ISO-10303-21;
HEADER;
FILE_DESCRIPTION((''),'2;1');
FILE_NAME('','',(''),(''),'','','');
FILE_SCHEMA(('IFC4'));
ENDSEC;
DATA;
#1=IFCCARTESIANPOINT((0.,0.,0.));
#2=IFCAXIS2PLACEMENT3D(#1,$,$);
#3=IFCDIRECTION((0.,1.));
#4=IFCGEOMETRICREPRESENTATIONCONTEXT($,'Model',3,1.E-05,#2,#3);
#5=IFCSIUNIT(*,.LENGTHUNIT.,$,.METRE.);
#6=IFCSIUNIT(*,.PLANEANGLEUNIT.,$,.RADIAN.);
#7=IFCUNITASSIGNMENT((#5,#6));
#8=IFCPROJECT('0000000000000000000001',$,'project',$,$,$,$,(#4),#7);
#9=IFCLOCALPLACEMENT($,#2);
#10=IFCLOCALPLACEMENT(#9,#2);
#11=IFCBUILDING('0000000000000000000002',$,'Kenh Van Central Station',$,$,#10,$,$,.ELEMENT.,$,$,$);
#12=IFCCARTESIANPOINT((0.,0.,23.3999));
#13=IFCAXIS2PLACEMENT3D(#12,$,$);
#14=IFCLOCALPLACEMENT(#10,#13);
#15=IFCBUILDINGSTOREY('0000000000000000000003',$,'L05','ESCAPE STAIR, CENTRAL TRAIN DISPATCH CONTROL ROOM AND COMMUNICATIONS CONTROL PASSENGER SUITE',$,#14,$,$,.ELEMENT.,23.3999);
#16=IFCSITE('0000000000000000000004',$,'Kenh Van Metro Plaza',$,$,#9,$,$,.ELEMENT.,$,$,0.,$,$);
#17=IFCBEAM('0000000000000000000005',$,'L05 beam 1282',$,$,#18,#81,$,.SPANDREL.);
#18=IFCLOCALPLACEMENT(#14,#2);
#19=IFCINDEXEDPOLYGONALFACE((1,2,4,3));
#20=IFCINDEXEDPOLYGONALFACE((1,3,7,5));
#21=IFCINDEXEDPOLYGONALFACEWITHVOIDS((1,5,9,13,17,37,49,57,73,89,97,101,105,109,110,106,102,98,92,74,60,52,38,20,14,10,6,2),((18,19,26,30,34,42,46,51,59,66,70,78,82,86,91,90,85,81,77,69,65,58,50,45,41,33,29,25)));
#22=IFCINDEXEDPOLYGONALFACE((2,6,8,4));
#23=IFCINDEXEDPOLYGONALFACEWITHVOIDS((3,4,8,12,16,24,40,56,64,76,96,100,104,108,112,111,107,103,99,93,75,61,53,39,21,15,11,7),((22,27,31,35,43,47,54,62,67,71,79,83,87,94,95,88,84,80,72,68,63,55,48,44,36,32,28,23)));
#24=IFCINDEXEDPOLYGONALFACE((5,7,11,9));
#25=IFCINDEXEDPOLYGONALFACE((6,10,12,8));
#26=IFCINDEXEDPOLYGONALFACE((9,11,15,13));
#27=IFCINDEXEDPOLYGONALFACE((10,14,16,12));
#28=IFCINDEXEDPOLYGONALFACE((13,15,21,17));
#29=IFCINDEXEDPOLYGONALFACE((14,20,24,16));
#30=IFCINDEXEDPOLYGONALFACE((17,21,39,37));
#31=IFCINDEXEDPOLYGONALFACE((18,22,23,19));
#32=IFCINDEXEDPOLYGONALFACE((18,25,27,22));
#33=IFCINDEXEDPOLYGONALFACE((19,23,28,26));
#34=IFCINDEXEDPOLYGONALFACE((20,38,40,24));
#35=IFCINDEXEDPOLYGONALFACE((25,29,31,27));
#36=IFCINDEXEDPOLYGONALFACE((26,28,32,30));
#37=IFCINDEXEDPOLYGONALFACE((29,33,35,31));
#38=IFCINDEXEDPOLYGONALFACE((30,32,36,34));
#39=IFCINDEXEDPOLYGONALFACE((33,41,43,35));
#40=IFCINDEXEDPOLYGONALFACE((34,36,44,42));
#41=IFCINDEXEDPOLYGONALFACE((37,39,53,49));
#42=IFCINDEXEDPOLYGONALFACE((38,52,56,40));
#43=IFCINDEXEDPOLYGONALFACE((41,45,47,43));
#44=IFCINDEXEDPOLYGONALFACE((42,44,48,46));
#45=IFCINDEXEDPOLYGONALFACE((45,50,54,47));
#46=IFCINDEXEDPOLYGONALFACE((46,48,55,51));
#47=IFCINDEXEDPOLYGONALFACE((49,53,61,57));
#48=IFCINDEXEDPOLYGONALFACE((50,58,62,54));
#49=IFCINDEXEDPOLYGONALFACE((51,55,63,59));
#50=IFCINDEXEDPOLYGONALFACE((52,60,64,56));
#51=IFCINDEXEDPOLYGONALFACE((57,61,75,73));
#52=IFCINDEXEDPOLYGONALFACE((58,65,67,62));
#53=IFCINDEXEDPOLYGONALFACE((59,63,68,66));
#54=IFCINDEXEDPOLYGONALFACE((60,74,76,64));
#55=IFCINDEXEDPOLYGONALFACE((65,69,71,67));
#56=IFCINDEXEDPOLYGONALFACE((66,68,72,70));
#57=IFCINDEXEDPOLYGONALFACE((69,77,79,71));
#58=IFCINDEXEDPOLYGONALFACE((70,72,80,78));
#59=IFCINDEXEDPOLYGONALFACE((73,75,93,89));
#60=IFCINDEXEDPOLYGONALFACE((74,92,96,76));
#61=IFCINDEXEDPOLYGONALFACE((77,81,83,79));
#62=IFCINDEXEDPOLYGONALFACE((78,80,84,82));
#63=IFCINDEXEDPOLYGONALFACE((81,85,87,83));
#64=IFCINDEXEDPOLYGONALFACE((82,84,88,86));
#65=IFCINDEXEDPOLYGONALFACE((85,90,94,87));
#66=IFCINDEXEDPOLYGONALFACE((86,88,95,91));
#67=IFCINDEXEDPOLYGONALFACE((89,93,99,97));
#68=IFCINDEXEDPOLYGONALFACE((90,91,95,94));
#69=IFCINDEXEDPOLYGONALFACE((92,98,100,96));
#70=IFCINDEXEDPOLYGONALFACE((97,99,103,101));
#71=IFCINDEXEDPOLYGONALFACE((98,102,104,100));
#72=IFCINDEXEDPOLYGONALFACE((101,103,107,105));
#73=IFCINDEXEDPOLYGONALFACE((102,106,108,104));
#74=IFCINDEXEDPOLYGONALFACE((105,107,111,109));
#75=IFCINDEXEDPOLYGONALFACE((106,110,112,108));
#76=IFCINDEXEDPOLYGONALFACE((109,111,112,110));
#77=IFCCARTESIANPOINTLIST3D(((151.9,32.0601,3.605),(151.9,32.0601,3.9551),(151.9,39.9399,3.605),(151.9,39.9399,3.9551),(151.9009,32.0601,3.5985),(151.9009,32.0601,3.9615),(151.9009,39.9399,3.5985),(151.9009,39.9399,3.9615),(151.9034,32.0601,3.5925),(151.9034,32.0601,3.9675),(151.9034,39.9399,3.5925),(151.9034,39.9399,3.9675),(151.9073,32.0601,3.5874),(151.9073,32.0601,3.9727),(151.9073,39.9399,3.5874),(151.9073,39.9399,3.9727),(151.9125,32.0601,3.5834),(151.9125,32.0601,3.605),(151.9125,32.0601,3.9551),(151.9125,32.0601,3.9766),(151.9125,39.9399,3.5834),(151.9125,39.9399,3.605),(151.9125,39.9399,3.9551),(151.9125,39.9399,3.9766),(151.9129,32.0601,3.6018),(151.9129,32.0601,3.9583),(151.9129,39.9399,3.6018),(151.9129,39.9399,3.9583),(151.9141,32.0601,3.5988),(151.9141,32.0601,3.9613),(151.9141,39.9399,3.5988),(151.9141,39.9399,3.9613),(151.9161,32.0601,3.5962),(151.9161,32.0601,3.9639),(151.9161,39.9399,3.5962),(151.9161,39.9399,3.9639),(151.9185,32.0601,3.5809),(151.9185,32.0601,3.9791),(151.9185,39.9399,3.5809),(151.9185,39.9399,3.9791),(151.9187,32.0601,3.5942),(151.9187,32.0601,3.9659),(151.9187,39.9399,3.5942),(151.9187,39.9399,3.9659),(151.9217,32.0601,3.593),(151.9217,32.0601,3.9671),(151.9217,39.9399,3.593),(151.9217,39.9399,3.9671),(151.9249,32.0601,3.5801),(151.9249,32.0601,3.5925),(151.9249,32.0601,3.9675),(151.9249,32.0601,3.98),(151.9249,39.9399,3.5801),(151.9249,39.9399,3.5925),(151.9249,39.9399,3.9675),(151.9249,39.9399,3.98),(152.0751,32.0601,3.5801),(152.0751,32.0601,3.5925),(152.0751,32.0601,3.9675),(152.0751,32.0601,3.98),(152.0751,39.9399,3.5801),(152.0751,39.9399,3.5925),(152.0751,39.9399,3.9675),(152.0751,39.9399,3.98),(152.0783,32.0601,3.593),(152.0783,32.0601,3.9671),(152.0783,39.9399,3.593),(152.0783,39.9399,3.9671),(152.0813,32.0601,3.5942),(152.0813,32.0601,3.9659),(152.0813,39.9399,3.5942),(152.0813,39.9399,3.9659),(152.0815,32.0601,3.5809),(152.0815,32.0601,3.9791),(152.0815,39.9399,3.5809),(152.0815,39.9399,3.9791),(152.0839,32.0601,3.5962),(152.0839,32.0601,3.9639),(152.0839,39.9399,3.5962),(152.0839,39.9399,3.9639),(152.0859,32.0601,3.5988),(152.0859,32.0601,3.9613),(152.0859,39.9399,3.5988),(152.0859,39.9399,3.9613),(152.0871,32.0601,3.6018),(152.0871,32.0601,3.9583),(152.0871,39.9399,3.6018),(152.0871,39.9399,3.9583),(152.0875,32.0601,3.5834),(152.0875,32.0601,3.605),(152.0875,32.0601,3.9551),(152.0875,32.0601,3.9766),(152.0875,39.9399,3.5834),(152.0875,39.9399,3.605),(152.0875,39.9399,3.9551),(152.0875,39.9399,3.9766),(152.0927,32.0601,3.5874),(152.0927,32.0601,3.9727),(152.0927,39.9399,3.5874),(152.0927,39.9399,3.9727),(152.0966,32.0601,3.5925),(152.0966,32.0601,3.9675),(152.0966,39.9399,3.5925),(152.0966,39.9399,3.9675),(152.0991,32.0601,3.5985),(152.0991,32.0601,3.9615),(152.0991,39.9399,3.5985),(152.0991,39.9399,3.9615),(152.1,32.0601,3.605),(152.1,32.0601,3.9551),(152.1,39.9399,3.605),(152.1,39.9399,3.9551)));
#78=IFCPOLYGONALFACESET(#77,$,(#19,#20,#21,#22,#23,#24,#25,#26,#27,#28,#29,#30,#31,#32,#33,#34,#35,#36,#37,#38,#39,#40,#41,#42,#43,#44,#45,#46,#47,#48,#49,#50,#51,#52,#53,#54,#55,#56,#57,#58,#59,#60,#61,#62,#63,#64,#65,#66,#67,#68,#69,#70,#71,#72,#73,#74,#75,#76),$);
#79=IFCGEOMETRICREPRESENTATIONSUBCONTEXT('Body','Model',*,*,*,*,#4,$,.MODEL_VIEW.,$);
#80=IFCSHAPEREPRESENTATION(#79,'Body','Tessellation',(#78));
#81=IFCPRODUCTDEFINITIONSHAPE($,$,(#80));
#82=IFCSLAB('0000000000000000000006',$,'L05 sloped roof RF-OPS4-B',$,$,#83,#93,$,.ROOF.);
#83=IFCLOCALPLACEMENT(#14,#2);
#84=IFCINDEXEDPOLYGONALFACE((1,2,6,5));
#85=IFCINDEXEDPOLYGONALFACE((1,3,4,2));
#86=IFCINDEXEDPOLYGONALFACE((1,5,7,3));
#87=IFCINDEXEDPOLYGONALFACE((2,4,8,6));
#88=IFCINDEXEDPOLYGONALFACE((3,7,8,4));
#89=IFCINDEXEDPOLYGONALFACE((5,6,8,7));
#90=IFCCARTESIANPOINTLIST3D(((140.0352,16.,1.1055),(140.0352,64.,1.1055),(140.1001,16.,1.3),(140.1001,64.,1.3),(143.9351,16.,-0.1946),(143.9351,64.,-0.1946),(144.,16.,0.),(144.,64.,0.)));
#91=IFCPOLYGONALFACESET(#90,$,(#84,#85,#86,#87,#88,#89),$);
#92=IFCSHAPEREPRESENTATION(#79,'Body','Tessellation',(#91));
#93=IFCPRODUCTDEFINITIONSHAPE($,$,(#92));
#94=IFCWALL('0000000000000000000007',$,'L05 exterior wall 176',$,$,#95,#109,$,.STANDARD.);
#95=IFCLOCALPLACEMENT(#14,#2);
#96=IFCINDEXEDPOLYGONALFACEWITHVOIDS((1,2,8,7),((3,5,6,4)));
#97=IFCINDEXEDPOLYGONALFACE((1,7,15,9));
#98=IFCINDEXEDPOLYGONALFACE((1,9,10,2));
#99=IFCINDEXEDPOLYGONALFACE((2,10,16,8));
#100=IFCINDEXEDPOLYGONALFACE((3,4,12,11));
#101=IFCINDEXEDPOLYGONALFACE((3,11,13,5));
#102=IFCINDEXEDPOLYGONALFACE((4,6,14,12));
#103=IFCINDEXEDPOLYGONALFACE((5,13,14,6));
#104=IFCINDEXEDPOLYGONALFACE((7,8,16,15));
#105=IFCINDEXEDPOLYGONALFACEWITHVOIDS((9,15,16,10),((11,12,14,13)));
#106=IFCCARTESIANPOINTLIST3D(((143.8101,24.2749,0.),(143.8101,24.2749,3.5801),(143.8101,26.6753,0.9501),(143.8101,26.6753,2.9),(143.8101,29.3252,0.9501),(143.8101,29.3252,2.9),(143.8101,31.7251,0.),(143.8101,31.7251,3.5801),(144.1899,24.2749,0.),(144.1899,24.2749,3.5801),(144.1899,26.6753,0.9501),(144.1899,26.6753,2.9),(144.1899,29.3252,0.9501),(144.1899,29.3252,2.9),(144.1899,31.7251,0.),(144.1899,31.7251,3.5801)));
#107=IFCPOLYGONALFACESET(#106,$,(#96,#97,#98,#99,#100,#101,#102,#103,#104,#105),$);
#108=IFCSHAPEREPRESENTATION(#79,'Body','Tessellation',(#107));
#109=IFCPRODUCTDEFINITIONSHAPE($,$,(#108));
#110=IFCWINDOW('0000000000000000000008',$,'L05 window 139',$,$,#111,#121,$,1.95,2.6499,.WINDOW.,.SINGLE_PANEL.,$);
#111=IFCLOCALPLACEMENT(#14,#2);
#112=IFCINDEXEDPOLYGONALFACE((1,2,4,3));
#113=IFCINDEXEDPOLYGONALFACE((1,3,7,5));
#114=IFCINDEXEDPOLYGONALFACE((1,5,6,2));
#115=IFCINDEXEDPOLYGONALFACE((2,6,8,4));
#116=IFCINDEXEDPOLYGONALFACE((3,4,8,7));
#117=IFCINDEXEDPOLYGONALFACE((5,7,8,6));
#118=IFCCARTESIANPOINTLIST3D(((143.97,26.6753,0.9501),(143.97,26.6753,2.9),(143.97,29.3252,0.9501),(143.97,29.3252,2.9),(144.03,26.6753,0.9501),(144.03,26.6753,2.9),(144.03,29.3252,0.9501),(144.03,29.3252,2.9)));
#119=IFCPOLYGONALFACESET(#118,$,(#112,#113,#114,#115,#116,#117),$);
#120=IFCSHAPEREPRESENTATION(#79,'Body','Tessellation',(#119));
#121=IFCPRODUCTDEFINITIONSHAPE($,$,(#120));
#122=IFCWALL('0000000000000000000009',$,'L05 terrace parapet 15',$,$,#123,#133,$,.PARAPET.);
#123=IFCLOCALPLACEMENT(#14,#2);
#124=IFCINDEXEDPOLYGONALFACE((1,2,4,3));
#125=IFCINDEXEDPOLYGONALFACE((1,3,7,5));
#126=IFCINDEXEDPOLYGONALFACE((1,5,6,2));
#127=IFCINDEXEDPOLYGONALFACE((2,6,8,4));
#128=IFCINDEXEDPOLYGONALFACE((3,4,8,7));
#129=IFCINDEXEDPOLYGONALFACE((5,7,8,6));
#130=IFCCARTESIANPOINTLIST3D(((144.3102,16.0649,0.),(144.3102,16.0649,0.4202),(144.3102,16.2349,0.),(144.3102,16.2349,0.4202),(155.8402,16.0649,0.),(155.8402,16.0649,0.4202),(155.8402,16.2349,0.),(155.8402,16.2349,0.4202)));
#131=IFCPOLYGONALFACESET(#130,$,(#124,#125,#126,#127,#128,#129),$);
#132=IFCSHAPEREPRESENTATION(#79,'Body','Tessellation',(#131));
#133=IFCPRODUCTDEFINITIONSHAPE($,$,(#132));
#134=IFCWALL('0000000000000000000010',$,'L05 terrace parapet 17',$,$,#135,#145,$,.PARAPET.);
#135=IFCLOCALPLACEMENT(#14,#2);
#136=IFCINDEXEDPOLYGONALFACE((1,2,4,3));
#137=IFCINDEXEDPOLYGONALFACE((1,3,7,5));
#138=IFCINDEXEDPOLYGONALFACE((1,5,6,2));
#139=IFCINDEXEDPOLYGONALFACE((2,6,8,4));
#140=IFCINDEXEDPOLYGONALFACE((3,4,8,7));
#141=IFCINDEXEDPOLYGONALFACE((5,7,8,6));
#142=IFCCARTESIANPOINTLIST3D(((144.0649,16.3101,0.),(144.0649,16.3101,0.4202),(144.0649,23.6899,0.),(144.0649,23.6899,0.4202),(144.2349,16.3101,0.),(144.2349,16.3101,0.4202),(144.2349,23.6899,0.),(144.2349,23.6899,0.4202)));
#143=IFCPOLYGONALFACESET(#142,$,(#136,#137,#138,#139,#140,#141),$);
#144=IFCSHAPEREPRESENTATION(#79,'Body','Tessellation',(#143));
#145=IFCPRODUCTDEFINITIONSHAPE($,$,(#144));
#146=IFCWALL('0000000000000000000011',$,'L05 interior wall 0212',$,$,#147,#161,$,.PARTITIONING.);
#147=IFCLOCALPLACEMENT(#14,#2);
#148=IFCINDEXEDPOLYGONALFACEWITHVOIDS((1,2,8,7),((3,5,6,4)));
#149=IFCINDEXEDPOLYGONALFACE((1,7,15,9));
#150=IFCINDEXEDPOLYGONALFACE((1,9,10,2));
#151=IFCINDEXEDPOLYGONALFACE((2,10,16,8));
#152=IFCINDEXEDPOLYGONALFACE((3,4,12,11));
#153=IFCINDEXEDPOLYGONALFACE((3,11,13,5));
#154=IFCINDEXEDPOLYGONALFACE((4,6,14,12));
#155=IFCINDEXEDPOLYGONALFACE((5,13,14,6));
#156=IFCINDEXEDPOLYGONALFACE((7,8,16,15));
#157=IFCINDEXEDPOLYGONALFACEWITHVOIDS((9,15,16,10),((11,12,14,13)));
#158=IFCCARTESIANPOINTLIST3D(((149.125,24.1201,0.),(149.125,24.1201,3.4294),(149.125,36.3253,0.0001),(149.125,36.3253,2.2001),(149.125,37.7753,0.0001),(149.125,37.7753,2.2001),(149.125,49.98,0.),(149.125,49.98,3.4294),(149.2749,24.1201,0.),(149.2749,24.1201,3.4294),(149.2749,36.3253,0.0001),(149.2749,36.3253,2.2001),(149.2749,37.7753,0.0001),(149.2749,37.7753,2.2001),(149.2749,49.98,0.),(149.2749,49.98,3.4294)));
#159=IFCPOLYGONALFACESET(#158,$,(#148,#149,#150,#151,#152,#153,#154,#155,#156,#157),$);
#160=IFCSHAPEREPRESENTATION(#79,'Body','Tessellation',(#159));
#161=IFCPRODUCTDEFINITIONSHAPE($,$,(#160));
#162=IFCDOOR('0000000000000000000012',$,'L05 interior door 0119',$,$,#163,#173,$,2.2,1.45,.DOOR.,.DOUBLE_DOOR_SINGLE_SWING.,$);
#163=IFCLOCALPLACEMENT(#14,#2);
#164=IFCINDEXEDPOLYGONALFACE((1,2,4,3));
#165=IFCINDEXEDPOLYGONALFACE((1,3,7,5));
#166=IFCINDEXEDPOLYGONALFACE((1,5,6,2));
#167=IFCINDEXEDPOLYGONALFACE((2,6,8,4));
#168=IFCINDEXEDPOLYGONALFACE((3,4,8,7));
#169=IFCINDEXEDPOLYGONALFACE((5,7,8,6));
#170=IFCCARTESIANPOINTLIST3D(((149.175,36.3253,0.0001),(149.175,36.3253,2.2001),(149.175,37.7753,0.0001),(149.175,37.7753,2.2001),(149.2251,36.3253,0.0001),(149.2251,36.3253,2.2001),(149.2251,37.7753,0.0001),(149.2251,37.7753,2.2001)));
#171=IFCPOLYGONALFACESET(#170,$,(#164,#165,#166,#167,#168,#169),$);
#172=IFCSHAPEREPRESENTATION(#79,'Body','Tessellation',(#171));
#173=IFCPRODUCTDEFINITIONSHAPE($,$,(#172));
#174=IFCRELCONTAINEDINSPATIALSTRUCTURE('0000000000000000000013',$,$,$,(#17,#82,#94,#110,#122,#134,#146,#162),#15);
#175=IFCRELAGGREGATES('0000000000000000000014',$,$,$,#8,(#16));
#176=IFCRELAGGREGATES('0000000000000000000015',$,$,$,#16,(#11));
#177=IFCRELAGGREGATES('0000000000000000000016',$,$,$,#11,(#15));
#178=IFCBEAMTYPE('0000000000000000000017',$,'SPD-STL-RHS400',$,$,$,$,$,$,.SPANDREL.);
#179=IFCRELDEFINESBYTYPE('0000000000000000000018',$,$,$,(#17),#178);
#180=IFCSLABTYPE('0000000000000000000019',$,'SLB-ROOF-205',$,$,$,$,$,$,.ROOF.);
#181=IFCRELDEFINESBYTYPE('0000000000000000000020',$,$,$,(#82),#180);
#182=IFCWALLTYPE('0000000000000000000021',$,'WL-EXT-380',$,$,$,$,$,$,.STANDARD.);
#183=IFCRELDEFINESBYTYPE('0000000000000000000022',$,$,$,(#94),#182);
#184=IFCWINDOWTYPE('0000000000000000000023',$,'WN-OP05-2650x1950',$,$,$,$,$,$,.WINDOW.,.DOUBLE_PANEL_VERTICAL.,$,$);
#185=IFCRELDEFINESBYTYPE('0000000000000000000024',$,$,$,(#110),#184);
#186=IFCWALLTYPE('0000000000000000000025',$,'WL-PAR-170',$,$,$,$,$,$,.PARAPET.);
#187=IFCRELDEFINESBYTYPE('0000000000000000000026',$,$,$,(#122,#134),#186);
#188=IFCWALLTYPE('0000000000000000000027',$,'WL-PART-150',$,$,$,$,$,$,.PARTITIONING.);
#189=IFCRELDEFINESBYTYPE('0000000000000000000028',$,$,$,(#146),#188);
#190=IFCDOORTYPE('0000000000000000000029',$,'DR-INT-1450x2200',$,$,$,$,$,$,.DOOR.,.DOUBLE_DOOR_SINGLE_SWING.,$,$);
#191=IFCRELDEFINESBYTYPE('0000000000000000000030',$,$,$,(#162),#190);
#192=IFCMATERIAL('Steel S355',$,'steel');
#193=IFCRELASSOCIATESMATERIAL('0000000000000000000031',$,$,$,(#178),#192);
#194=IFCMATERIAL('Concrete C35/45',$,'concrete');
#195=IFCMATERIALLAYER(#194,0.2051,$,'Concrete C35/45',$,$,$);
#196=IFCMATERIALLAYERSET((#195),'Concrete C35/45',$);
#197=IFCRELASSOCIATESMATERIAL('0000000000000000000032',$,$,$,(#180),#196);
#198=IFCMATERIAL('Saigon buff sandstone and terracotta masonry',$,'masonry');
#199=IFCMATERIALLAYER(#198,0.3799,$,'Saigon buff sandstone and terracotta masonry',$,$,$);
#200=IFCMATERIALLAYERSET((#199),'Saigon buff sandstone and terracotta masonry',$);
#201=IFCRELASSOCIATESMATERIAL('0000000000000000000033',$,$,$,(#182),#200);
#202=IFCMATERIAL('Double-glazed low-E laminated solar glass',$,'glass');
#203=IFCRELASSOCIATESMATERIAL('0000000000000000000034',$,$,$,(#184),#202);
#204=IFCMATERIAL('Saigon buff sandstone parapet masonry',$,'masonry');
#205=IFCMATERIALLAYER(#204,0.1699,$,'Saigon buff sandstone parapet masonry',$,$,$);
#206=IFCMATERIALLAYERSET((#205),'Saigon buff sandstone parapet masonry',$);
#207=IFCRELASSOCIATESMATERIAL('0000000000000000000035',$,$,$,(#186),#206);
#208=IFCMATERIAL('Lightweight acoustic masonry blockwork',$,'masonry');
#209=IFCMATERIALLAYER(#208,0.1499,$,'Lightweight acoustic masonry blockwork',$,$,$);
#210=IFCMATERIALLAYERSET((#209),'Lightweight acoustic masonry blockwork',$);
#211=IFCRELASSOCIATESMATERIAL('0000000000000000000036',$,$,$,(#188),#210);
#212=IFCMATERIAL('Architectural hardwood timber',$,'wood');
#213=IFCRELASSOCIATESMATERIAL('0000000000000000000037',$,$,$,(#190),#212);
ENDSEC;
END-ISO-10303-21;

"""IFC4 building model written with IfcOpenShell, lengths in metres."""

from ifc_helpers import new_model, si_unit, direction, frame, frame_2d, origin, origin_2d, place, context, subcontext, project, spatial, polyline, rectangle, hollow_rectangle, outline, extrude, material, layer, layer_set, material_profile, profile_set, type_object, element, fill, save


model = new_model("IFC4")

# Units and contexts
model_context = context("Model", 3, precision=1e-05, world=origin(), true_north=direction((0.0, 1.0)))
body_context = subcontext(model_context, "Body", "Model", "MODEL_VIEW")
ifc_project = project(units=[si_unit("LENGTHUNIT", "METRE"), si_unit("PLANEANGLEUNIT", "RADIAN")], contexts=[model_context])

# Site, building, storey
site_placement = place(None, origin())
site = spatial("IfcSite", under=ifc_project, at=site_placement, Name="Kenh Van Metro Plaza", CompositionType="ELEMENT", RefElevation=0.0)
building_placement = place(site_placement, origin())
building = spatial("IfcBuilding", under=site, at=building_placement, Name="Kenh Van Central Station", CompositionType="ELEMENT")
storey_placement = place(building_placement, frame((0.0, 0.0, 23.3999)))
storey = spatial("IfcBuildingStorey", under=building, at=storey_placement, Name="L05", Description="ESCAPE STAIR, CENTRAL TRAIN DISPATCH CONTROL ROOM AND COMMUNICATIONS CONTROL PASSENGER SUITE", CompositionType="ELEMENT", Elevation=23.3999)

# Shared definitions
ifc_material_1 = material(Name="Concrete C35/45", Category="concrete")

# Shared definitions
ifc_material_2 = material(Name="Steel S355", Category="steel")

# Beam
ifc_material_profile_1 = material_profile(ifc_material_2, hollow_rectangle(XDim=0.2, YDim=0.3999, WallThickness=0.0125, InnerFilletRadius=0.0125, OuterFilletRadius=0.0249, at=origin_2d()), Name="RHS 400x200x12.5")
ifc_profile_set_1 = profile_set([ifc_material_profile_1], Name="Steel S355")
beam_type = type_object("IfcBeamType", Name="SPD-STL-RHS400", PredefinedType="SPANDREL", material=ifc_profile_set_1)
for number, where, z_axis, x_axis, name in (
    (1, (152.0, 32.0601, 3.78), (0.0, 1.0, 0.0), (-1.0, 0.0, 0.0), "L05 beam 1282"),
):
    element("IfcBeam", number, at=place(storey_placement, frame(where, z_axis=z_axis, x_axis=x_axis)), inside=storey, type_object=beam_type, Name=name, PredefinedType="SPANDREL", context=body_context, shape_type="SweptSolid", body=[
        extrude(hollow_rectangle(XDim=0.2, YDim=0.3999, WallThickness=0.0125, InnerFilletRadius=0.0125, OuterFilletRadius=0.0249, at=origin_2d()), origin(), (0.0, 0.0, 1.0), 7.8799),
    ])

# Slab
ifc_layer_1 = layer(ifc_material_1, 0.2051, Name="Concrete C35/45")
ifc_layer_set_1 = layer_set([ifc_layer_1], Name="Concrete C35/45")
slab_type = type_object("IfcSlabType", Name="SLB-ROOF-205", PredefinedType="ROOF", material=ifc_layer_set_1)
slab_placement = place(storey_placement, frame((140.1001, 16.0, 1.3), z_axis=(0.316246, 0.0, 0.948677), x_axis=(0.948677, 0.0, -0.316246)))
element("IfcSlab", 2, at=slab_placement, inside=storey, type_object=slab_type, Name="L05 sloped roof RF-OPS4-B", PredefinedType="ROOF", context=body_context, shape_type="SweptSolid", body=[
    extrude(outline(polyline([(0.0, 0.0), (4.1109, 0.0), (4.1109, 48.0), (0.0, 48.0), (0.0, 0.0)])), origin(), (0.0, 0.0, -1.0), 0.2051),
])

# Wall, opening, window
ifc_material_3 = material(Name="Saigon buff sandstone and terracotta masonry", Category="masonry")
ifc_layer_2 = layer(ifc_material_3, 0.3799, Name="Saigon buff sandstone and terracotta masonry")
ifc_layer_set_2 = layer_set([ifc_layer_2], Name="Saigon buff sandstone and terracotta masonry")
wall_type_1 = type_object("IfcWallType", Name="WL-EXT-380", PredefinedType="STANDARD", material=ifc_layer_set_2)
wall_1_placement = place(storey_placement, frame((144.0, 31.7251, 0.0), z_axis=(0.0, 0.0, 1.0), x_axis=(0.0, -1.0, 0.0)))
wall_1 = element("IfcWall", 3, at=wall_1_placement, inside=storey, type_object=wall_type_1, Name="L05 exterior wall 176", PredefinedType="STANDARD", context=body_context, shape_type="SweptSolid", body=[
    extrude(rectangle(XDim=7.4502, YDim=0.3799, at=frame_2d((3.7251, 0.0))), origin(), (0.0, 0.0, 1.0), 3.5801),
])
opening_1_placement = place(wall_1_placement, frame((2.3999, 0.0, 0.95)))
opening_1 = element("IfcOpeningElement", 4, at=opening_1_placement, cuts=wall_1, PredefinedType="OPENING", context=body_context, shape_type="SweptSolid", body=[
    extrude(rectangle(XDim=2.6499, YDim=1.95, at=frame_2d((1.325, 0.9751))), frame((0.0, 0.2, 0.0), z_axis=(0.0, -1.0, 0.0), x_axis=(1.0, 0.0, 0.0)), (0.0, 0.0, 1.0), 0.3999),
])
ifc_material_4 = material(Name="Double-glazed low-E laminated solar glass", Category="glass")
window_type_1 = type_object("IfcWindowType", Name="WN-OP05-2650x1950", PartitioningType="DOUBLE_PANEL_VERTICAL", PredefinedType="WINDOW", material=ifc_material_4)
window_1_placement = place(opening_1_placement, origin())
window_1 = element("IfcWindow", 5, at=window_1_placement, inside=storey, type_object=window_type_1, Name="L05 window 139", OverallHeight=1.95, OverallWidth=2.6499, PartitioningType="SINGLE_PANEL", PredefinedType="WINDOW", context=body_context, shape_type="SweptSolid", body=[
    extrude(rectangle(XDim=2.6499, YDim=1.95, at=frame_2d((1.325, 0.9751))), frame((0.0, 0.03, 0.0), z_axis=(0.0, -1.0, 0.0), x_axis=(1.0, 0.0, 0.0)), (0.0, 0.0, 1.0), 0.0601),
])
fill(opening_1, window_1)

# Walls
ifc_material_5 = material(Name="Saigon buff sandstone parapet masonry", Category="masonry")
ifc_layer_3 = layer(ifc_material_5, 0.1699, Name="Saigon buff sandstone parapet masonry")
ifc_layer_set_3 = layer_set([ifc_layer_3], Name="Saigon buff sandstone parapet masonry")
wall_type_2 = type_object("IfcWallType", Name="WL-PAR-170", PredefinedType="PARAPET", material=ifc_layer_set_3)
wall_2_placement = place(storey_placement, frame((144.3101, 16.1499, 0.0), z_axis=(0.0, 0.0, 1.0), x_axis=(1.0, 0.0, 0.0)))
element("IfcWall", 6, at=wall_2_placement, inside=storey, type_object=wall_type_2, Name="L05 terrace parapet 15", PredefinedType="PARAPET", context=body_context, shape_type="SweptSolid", body=[
    extrude(rectangle(XDim=11.53, YDim=0.1699, at=frame_2d((5.7651, 0.0))), origin(), (0.0, 0.0, 1.0), 0.4202),
])
wall_3_placement = place(storey_placement, frame((144.1499, 16.3101, 0.0), z_axis=(0.0, 0.0, 1.0), x_axis=(0.0, 1.0, 0.0)))
element("IfcWall", 7, at=wall_3_placement, inside=storey, type_object=wall_type_2, Name="L05 terrace parapet 17", PredefinedType="PARAPET", context=body_context, shape_type="SweptSolid", body=[
    extrude(rectangle(XDim=7.3799, YDim=0.1699, at=frame_2d((3.6899, 0.0))), origin(), (0.0, 0.0, 1.0), 0.4202),
])

# Wall, opening, door
ifc_material_6 = material(Name="Lightweight acoustic masonry blockwork", Category="masonry")
ifc_layer_4 = layer(ifc_material_6, 0.1499, Name="Lightweight acoustic masonry blockwork")
ifc_layer_set_4 = layer_set([ifc_layer_4], Name="Lightweight acoustic masonry blockwork")
wall_type_3 = type_object("IfcWallType", Name="WL-PART-150", PredefinedType="PARTITIONING", material=ifc_layer_set_4)
wall_4_placement = place(storey_placement, frame((149.2, 24.1201, 0.0), z_axis=(0.0, 0.0, 1.0), x_axis=(0.0, 1.0, 0.0)))
wall_4 = element("IfcWall", 8, at=wall_4_placement, inside=storey, type_object=wall_type_3, Name="L05 interior wall 0212", PredefinedType="PARTITIONING", context=body_context, shape_type="SweptSolid", body=[
    extrude(rectangle(XDim=25.8599, YDim=0.1499, at=frame_2d((12.9299, 0.0))), origin(), (0.0, 0.0, 1.0), 3.4294),
])
opening_2_placement = place(wall_4_placement, frame((12.2051, 0.0, 0.0)))
opening_2 = element("IfcOpeningElement", 9, at=opening_2_placement, cuts=wall_4, PredefinedType="OPENING", context=body_context, shape_type="SweptSolid", body=[
    extrude(rectangle(XDim=1.45, YDim=2.2, at=frame_2d((0.7251, 1.1001))), frame((0.0, 0.085, 0.0), z_axis=(0.0, -1.0, 0.0), x_axis=(1.0, 0.0, 0.0)), (0.0, 0.0, 1.0), 0.1699),
])
ifc_material_7 = material(Name="Architectural hardwood timber", Category="wood")
door_type_1 = type_object("IfcDoorType", Name="DR-INT-1450x2200", OperationType="DOUBLE_DOOR_SINGLE_SWING", PredefinedType="DOOR", material=ifc_material_7)
door_1_placement = place(opening_2_placement, origin())
door_1 = element("IfcDoor", 10, at=door_1_placement, inside=storey, type_object=door_type_1, Name="L05 interior door 0119", OperationType="DOUBLE_DOOR_SINGLE_SWING", OverallHeight=2.2, OverallWidth=1.45, PredefinedType="DOOR", context=body_context, shape_type="SweptSolid", body=[
    extrude(rectangle(XDim=1.45, YDim=2.2, at=frame_2d((0.7251, 1.1001))), frame((0.0, 0.0249, 0.0), z_axis=(0.0, -1.0, 0.0), x_axis=(1.0, 0.0, 0.0)), (0.0, 0.0, 1.0), 0.05),
])
fill(opening_2, door_1)

save(model, "model.ifc")
